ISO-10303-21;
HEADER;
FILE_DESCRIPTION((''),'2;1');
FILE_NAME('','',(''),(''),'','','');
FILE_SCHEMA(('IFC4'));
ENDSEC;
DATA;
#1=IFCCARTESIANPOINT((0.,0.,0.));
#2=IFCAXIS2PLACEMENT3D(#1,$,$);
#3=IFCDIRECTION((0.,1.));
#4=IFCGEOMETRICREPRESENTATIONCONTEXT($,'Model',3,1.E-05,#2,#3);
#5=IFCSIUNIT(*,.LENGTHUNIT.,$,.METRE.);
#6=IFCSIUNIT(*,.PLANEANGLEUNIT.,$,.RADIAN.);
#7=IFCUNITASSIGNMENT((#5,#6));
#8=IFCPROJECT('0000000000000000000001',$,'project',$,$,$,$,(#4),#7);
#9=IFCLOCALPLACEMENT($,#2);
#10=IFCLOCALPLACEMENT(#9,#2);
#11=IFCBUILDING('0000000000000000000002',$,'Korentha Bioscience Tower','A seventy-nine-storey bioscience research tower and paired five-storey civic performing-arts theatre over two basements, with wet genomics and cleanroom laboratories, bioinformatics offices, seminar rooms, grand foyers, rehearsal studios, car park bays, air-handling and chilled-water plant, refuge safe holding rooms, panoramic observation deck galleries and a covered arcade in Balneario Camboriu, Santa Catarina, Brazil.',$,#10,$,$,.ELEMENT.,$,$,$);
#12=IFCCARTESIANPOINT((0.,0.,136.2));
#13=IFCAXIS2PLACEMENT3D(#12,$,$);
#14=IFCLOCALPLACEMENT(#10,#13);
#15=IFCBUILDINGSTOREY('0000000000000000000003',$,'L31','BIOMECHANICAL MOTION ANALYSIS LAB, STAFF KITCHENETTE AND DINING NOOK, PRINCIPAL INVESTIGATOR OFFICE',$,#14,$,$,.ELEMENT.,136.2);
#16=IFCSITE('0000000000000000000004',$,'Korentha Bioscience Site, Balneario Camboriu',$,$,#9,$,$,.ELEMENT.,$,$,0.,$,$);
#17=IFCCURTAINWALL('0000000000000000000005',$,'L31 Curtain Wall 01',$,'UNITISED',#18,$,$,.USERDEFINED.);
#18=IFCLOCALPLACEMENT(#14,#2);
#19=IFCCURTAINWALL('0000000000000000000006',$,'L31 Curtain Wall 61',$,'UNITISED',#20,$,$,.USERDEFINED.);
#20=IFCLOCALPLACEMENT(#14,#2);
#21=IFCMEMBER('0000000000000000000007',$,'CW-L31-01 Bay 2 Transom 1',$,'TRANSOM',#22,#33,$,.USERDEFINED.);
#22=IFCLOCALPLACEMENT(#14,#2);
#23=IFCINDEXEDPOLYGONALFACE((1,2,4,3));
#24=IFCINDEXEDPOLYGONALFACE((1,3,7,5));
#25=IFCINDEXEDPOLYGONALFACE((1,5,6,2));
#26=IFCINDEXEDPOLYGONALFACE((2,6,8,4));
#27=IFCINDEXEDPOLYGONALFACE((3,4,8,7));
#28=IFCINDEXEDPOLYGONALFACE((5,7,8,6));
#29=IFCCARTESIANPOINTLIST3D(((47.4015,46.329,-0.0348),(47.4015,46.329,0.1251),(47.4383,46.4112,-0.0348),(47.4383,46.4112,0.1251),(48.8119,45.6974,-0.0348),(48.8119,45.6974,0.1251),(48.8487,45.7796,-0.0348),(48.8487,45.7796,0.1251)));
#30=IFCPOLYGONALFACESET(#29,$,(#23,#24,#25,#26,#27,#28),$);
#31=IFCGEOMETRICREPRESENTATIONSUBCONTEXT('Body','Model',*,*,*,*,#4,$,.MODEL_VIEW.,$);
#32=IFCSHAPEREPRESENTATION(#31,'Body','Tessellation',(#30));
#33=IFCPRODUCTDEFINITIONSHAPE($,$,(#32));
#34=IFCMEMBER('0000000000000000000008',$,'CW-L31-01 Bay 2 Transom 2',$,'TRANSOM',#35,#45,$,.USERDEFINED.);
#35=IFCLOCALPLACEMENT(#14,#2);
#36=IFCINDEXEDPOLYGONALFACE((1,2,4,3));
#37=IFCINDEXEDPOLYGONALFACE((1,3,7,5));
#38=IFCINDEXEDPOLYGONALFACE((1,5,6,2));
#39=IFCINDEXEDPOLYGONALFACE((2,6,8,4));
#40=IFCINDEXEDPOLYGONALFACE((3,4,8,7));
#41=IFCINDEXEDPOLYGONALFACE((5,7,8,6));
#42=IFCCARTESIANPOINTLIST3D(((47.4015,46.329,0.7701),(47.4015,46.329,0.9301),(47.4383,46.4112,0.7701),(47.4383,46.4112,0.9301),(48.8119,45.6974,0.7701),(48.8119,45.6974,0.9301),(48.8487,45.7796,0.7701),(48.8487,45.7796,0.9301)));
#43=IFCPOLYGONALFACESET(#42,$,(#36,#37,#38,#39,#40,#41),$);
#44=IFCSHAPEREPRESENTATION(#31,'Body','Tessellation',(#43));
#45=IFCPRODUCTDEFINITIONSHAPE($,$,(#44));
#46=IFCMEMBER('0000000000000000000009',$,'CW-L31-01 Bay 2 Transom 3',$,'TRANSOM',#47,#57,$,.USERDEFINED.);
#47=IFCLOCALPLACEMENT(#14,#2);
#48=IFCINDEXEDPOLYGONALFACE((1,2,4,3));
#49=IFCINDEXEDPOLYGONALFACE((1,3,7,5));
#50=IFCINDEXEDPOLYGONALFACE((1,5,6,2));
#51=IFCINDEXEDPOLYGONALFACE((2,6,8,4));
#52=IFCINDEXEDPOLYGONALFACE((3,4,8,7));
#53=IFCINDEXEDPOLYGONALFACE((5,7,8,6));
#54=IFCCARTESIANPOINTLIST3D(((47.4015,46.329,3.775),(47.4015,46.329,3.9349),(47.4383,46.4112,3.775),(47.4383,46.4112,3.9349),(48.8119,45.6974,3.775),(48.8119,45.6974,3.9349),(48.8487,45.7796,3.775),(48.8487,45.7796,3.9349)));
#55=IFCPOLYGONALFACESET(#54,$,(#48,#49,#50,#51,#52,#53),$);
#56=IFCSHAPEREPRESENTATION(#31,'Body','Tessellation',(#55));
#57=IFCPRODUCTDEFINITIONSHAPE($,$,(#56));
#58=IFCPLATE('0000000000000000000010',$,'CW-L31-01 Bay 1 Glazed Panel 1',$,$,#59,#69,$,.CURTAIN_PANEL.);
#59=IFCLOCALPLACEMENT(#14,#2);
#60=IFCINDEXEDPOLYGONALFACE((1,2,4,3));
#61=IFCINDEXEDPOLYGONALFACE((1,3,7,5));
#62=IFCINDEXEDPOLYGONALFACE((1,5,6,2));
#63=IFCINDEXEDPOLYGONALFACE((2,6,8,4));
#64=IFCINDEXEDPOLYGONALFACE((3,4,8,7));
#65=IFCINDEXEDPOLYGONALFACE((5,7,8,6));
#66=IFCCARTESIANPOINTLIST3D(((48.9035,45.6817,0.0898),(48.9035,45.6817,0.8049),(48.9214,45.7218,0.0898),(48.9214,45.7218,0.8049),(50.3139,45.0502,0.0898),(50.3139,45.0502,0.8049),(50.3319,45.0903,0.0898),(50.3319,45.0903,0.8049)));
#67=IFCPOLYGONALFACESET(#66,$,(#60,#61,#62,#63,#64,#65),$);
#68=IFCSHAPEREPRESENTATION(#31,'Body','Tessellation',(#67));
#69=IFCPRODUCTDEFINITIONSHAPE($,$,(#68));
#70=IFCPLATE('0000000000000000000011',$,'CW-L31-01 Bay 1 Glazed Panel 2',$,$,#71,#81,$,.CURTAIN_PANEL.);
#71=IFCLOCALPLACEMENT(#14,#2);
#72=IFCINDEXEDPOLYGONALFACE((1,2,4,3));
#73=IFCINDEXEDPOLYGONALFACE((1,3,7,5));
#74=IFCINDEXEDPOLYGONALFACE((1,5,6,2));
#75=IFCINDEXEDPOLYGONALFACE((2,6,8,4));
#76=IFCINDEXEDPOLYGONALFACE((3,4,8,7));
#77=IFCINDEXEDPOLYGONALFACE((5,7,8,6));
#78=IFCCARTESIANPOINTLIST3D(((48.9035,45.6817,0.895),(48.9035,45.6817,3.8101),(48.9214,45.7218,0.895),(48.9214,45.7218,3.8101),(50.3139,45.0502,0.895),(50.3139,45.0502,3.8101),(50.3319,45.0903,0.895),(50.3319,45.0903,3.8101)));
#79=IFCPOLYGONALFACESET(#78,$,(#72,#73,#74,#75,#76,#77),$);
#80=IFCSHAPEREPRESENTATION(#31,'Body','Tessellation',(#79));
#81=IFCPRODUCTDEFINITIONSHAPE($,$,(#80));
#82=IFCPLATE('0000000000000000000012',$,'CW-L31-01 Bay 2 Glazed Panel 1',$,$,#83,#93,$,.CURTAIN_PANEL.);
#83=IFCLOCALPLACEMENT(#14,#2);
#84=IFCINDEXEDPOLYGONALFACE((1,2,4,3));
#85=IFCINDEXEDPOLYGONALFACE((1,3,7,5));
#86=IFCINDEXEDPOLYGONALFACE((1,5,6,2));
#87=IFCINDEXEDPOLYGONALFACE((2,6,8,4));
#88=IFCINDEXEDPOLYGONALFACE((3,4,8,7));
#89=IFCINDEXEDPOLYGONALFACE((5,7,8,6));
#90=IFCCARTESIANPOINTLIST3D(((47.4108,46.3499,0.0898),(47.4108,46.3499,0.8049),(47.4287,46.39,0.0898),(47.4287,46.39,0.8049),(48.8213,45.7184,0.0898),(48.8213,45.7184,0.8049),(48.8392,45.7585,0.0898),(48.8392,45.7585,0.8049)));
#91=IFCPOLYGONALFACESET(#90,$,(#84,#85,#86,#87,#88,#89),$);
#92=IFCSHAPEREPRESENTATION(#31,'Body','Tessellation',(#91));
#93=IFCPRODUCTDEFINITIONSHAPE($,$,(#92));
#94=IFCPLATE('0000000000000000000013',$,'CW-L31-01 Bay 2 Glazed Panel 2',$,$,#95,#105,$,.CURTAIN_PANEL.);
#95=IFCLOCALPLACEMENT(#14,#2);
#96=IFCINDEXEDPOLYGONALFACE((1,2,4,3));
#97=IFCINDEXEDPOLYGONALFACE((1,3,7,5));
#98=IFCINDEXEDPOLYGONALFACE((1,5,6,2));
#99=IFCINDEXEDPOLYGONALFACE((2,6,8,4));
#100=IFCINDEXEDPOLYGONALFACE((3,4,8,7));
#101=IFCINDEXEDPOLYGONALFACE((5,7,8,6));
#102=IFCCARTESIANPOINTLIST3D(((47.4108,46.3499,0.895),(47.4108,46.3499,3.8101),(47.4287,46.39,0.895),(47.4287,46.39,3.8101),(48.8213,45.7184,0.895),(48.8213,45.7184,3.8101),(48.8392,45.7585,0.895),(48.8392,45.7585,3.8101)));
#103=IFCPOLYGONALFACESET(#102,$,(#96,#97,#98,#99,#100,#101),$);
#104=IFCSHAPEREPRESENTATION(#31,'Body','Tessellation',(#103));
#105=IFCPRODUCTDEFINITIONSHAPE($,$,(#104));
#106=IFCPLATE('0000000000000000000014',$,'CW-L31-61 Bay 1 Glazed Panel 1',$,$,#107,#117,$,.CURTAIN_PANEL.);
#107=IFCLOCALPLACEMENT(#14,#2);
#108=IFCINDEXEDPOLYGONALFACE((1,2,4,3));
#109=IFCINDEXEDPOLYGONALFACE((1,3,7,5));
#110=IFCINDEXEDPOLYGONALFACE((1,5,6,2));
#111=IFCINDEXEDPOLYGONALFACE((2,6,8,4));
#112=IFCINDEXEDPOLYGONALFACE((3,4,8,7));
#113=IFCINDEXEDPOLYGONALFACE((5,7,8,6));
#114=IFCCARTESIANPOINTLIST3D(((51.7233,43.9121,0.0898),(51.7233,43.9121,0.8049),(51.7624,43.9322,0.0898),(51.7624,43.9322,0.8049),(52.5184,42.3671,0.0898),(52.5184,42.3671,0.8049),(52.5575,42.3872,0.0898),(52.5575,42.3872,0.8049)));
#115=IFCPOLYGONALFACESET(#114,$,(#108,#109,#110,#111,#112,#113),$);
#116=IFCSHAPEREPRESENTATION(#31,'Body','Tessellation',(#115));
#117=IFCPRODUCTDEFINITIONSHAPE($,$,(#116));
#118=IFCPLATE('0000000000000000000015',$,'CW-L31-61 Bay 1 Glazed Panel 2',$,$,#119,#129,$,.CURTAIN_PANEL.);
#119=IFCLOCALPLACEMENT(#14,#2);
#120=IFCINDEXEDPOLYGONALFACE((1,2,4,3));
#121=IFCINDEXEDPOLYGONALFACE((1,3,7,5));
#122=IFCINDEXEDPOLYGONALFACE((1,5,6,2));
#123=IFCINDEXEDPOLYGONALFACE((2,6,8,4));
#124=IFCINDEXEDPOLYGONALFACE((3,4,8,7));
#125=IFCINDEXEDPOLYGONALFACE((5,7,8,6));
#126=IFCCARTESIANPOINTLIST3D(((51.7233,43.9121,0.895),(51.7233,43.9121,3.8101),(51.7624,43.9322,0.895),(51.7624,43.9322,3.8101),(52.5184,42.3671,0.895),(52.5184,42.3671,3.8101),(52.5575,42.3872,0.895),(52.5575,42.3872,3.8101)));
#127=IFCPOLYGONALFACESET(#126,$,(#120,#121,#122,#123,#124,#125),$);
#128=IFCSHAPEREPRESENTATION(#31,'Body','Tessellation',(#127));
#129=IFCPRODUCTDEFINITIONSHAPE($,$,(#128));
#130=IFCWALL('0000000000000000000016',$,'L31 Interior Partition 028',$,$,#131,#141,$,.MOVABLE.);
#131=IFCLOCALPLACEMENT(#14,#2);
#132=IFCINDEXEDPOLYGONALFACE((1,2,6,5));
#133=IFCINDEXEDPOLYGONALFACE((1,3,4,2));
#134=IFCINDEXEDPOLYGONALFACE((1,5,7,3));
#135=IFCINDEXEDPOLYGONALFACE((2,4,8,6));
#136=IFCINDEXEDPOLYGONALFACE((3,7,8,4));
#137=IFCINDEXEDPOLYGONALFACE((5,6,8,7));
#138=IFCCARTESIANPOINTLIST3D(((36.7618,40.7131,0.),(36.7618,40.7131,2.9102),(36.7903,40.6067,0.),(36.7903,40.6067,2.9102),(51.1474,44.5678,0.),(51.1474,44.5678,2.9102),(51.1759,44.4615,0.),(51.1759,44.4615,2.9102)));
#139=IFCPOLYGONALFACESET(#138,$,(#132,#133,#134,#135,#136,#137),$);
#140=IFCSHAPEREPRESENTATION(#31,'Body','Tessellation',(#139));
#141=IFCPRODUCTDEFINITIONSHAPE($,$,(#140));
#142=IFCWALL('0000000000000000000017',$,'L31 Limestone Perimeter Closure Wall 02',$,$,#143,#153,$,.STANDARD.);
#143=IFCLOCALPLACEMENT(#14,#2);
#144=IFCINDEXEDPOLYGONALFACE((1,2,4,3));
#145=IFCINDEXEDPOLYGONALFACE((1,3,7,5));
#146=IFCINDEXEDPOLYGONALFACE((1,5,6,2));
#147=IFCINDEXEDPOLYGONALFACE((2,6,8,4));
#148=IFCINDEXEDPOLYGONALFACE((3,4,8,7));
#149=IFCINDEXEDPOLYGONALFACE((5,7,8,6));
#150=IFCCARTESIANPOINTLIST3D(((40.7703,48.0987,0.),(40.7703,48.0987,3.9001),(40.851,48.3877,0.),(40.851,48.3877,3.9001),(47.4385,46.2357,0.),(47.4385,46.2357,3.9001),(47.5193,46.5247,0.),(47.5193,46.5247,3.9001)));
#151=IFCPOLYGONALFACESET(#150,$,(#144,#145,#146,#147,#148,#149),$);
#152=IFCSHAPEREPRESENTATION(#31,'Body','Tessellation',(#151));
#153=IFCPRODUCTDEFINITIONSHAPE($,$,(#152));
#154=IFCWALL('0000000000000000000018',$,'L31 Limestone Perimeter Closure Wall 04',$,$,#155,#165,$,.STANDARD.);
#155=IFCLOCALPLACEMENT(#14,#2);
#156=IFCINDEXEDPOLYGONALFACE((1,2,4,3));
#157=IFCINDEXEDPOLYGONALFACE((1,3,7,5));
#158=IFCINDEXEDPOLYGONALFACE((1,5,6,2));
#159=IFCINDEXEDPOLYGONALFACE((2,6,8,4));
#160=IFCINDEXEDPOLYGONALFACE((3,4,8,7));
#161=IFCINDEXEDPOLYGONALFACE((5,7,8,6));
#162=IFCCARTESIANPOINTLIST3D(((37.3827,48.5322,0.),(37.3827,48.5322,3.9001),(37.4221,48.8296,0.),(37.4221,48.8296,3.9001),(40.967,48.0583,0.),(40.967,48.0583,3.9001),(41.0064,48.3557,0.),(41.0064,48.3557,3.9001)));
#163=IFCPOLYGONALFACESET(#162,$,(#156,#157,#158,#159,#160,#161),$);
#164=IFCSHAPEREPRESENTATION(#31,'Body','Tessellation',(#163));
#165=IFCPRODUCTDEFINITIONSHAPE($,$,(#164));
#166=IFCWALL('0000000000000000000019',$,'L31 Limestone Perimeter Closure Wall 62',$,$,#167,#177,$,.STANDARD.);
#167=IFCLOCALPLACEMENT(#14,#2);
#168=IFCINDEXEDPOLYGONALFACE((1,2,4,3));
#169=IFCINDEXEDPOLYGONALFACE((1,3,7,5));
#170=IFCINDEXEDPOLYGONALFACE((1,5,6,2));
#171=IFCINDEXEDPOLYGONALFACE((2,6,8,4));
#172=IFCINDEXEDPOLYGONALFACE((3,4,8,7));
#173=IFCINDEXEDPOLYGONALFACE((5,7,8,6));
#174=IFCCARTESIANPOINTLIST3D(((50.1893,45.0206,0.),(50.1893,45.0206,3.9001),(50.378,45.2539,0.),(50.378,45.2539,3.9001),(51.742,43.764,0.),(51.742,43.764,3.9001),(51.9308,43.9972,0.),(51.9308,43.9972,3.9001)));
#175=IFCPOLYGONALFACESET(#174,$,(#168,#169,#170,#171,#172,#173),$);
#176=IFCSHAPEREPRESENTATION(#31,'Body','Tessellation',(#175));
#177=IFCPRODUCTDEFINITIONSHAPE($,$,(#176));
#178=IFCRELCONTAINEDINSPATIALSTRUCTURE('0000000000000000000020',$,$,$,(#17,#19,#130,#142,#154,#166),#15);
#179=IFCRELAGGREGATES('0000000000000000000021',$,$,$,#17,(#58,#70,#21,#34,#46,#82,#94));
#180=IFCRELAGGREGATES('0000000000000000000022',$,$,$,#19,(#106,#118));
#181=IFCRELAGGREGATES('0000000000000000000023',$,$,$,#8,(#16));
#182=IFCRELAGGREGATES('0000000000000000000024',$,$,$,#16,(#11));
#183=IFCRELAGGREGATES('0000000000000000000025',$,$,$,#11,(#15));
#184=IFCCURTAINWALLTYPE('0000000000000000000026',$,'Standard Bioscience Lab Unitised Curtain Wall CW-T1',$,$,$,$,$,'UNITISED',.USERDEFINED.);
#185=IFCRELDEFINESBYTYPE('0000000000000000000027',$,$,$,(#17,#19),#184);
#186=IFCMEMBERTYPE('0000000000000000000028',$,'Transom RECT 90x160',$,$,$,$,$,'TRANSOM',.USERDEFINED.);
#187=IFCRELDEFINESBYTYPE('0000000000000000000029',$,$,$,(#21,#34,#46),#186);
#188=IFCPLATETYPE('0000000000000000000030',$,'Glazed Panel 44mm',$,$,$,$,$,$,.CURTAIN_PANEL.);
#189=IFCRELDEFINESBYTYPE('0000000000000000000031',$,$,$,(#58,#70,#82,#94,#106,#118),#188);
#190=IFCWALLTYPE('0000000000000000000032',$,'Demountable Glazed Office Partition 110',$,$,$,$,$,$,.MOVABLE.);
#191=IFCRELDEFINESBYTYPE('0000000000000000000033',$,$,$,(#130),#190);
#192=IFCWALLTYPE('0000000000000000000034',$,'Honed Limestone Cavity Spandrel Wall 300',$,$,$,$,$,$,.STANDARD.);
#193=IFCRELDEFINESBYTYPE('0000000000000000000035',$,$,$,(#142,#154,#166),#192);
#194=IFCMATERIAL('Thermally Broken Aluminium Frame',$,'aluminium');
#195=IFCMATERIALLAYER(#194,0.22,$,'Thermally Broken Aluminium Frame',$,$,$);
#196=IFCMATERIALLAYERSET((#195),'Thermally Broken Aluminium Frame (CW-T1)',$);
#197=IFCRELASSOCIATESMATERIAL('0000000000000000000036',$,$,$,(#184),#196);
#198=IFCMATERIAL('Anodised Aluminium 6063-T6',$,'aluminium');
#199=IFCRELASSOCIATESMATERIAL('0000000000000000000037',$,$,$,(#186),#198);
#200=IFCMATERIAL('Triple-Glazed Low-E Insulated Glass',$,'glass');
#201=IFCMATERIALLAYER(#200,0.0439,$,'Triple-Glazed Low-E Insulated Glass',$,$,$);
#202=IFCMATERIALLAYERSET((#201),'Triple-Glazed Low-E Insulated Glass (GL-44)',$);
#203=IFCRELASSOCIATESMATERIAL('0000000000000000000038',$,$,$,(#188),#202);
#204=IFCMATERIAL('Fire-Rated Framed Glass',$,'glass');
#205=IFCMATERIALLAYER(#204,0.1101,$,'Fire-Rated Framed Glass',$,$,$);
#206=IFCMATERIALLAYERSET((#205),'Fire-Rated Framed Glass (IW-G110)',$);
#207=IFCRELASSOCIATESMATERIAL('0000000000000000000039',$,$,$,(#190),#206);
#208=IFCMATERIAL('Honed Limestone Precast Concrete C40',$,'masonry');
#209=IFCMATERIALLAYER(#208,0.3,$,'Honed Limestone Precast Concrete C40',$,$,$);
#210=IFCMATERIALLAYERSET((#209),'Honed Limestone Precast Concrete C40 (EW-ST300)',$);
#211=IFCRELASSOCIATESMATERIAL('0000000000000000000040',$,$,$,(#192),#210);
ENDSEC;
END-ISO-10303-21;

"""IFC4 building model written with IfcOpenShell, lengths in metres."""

from ifc_helpers import new_model, si_unit, direction, frame, frame_2d, origin, origin_2d, place, context, subcontext, project, spatial, rectangle, extrude, material, layer, layer_set, material_profile, profile_set, type_object, element, aggregate, save


model = new_model("IFC4")

# Units and contexts
model_context = context("Model", 3, precision=1e-05, world=origin(), true_north=direction((0.0, 1.0)))
body_context = subcontext(model_context, "Body", "Model", "MODEL_VIEW")
ifc_project = project(units=[si_unit("LENGTHUNIT", "METRE"), si_unit("PLANEANGLEUNIT", "RADIAN")], contexts=[model_context])

# Site, building, storey
site_placement = place(None, origin())
site = spatial("IfcSite", under=ifc_project, at=site_placement, Name="Korentha Bioscience Site, Balneario Camboriu", CompositionType="ELEMENT", RefElevation=0.0)
building_placement = place(site_placement, origin())
building = spatial("IfcBuilding", under=site, at=building_placement, Name="Korentha Bioscience Tower", Description="A seventy-nine-storey bioscience research tower and paired five-storey civic performing-arts theatre over two basements, with wet genomics and cleanroom laboratories, bioinformatics offices, seminar rooms, grand foyers, rehearsal studios, car park bays, air-handling and chilled-water plant, refuge safe holding rooms, panoramic observation deck galleries and a covered arcade in Balneario Camboriu, Santa Catarina, Brazil.", CompositionType="ELEMENT")
storey_placement = place(building_placement, frame((0.0, 0.0, 136.2)))
storey = spatial("IfcBuildingStorey", under=building, at=storey_placement, Name="L31", Description="BIOMECHANICAL MOTION ANALYSIS LAB, STAFF KITCHENETTE AND DINING NOOK, PRINCIPAL INVESTIGATOR OFFICE", CompositionType="ELEMENT", Elevation=136.2)

# Curtain wall
ifc_material_1 = material(Name="Thermally Broken Aluminium Frame", Category="aluminium")
ifc_layer_1 = layer(ifc_material_1, 0.22, Name="Thermally Broken Aluminium Frame")
ifc_layer_set_1 = layer_set([ifc_layer_1], Name="Thermally Broken Aluminium Frame (CW-T1)")
curtain_wall_type = type_object("IfcCurtainWallType", Name="Standard Bioscience Lab Unitised Curtain Wall CW-T1", ElementType="UNITISED", PredefinedType="USERDEFINED", material=ifc_layer_set_1)
curtain_wall_1_placement = place(storey_placement, origin())
curtain_wall_1 = element("IfcCurtainWall", 1, at=curtain_wall_1_placement, inside=storey, type_object=curtain_wall_type, Name="L31 Curtain Wall 01", ObjectType="UNITISED", PredefinedType="USERDEFINED")
ifc_material_2 = material(Name="Anodised Aluminium 6063-T6", Category="aluminium")

# Curtain wall
curtain_wall_2_placement = place(storey_placement, origin())
curtain_wall_2 = element("IfcCurtainWall", 2, at=curtain_wall_2_placement, inside=storey, type_object=curtain_wall_type, Name="L31 Curtain Wall 61", ObjectType="UNITISED", PredefinedType="USERDEFINED")

# Members
ifc_material_profile_1 = material_profile(ifc_material_2, rectangle(XDim=0.0901, YDim=0.1599, at=origin_2d()), Name="Anodised Aluminium 6063-T6")
ifc_profile_set_1 = profile_set([ifc_material_profile_1], Name="Anodised Aluminium 6063-T6 (CW-TRN)")
member_type_1 = type_object("IfcMemberType", Name="Transom RECT 90x160", ElementType="TRANSOM", PredefinedType="USERDEFINED", material=ifc_profile_set_1)
member_1_placement = place(storey_placement, frame((48.8303, 45.7385, 0.0452), z_axis=(-0.912668, 0.408702, 0.0), x_axis=(-0.408702, -0.912668, 0.0)))
member_1 = element("IfcMember", 3, at=member_1_placement, type_object=member_type_1, Name="CW-L31-01 Bay 2 Transom 1", ObjectType="TRANSOM", PredefinedType="USERDEFINED", context=body_context, shape_type="SweptSolid", body=[
    extrude(rectangle(XDim=0.0901, YDim=0.1599, at=origin_2d()), origin(), (0.0, 0.0, 1.0), 1.5454),
])
member_2_placement = place(storey_placement, frame((48.8303, 45.7385, 0.8501), z_axis=(-0.912668, 0.408702, 0.0), x_axis=(-0.408702, -0.912668, 0.0)))
member_2 = element("IfcMember", 4, at=member_2_placement, type_object=member_type_1, Name="CW-L31-01 Bay 2 Transom 2", ObjectType="TRANSOM", PredefinedType="USERDEFINED", context=body_context, shape_type="SweptSolid", body=[
    extrude(rectangle(XDim=0.0901, YDim=0.1599, at=origin_2d()), origin(), (0.0, 0.0, 1.0), 1.5454),
])
member_3_placement = place(storey_placement, frame((48.8303, 45.7385, 3.855), z_axis=(-0.912668, 0.408702, 0.0), x_axis=(-0.408702, -0.912668, 0.0)))
member_3 = element("IfcMember", 5, at=member_3_placement, type_object=member_type_1, Name="CW-L31-01 Bay 2 Transom 3", ObjectType="TRANSOM", PredefinedType="USERDEFINED", context=body_context, shape_type="SweptSolid", body=[
    extrude(rectangle(XDim=0.0901, YDim=0.1599, at=origin_2d()), origin(), (0.0, 0.0, 1.0), 1.5454),
])

# Plates
ifc_material_3 = material(Name="Triple-Glazed Low-E Insulated Glass", Category="glass")
ifc_layer_2 = layer(ifc_material_3, 0.0439, Name="Triple-Glazed Low-E Insulated Glass")
ifc_layer_set_2 = layer_set([ifc_layer_2], Name="Triple-Glazed Low-E Insulated Glass (GL-44)")
plate_type = type_object("IfcPlateType", Name="Glazed Panel 44mm", PredefinedType="CURTAIN_PANEL", material=ifc_layer_set_2)
plate_1_placement = place(storey_placement, frame((49.6177, 45.386, 0.0898), z_axis=(0.0, 0.0, 1.0), x_axis=(-0.912687, 0.40866, 0.0)))
plate_1 = element("IfcPlate", 6, at=plate_1_placement, type_object=plate_type, Name="CW-L31-01 Bay 1 Glazed Panel 1", PredefinedType="CURTAIN_PANEL", context=body_context, shape_type="SweptSolid", body=[
    extrude(rectangle(XDim=1.5454, YDim=0.0439, at=origin_2d()), origin(), (0.0, 0.0, 1.0), 0.7151),
])
plate_2_placement = place(storey_placement, frame((49.6177, 45.386, 0.895), z_axis=(0.0, 0.0, 1.0), x_axis=(-0.912687, 0.40866, 0.0)))
plate_2 = element("IfcPlate", 7, at=plate_2_placement, type_object=plate_type, Name="CW-L31-01 Bay 1 Glazed Panel 2", PredefinedType="CURTAIN_PANEL", context=body_context, shape_type="SweptSolid", body=[
    extrude(rectangle(XDim=1.5454, YDim=0.0439, at=origin_2d()), origin(), (0.0, 0.0, 1.0), 2.915),
])
plate_3_placement = place(storey_placement, frame((48.125, 46.0542, 0.0898), z_axis=(0.0, 0.0, 1.0), x_axis=(-0.912687, 0.40866, 0.0)))
plate_3 = element("IfcPlate", 8, at=plate_3_placement, type_object=plate_type, Name="CW-L31-01 Bay 2 Glazed Panel 1", PredefinedType="CURTAIN_PANEL", context=body_context, shape_type="SweptSolid", body=[
    extrude(rectangle(XDim=1.5454, YDim=0.0439, at=origin_2d()), origin(), (0.0, 0.0, 1.0), 0.7151),
])
plate_4_placement = place(storey_placement, frame((48.125, 46.0542, 0.895), z_axis=(0.0, 0.0, 1.0), x_axis=(-0.912687, 0.40866, 0.0)))
plate_4 = element("IfcPlate", 9, at=plate_4_placement, type_object=plate_type, Name="CW-L31-01 Bay 2 Glazed Panel 2", PredefinedType="CURTAIN_PANEL", context=body_context, shape_type="SweptSolid", body=[
    extrude(rectangle(XDim=1.5454, YDim=0.0439, at=origin_2d()), origin(), (0.0, 0.0, 1.0), 2.915),
])
aggregate(curtain_wall_1, [plate_1, plate_2, member_1, member_2, member_3, plate_3, plate_4])
plate_5_placement = place(storey_placement, frame((52.1404, 43.1497, 0.0898), z_axis=(0.0, 0.0, 1.0), x_axis=(-0.457613, 0.889151, 0.0)))
plate_5 = element("IfcPlate", 10, at=plate_5_placement, type_object=plate_type, Name="CW-L31-61 Bay 1 Glazed Panel 1", PredefinedType="CURTAIN_PANEL", context=body_context, shape_type="SweptSolid", body=[
    extrude(rectangle(XDim=1.7375, YDim=0.0439, at=origin_2d()), origin(), (0.0, 0.0, 1.0), 0.7151),
])
plate_6_placement = place(storey_placement, frame((52.1404, 43.1497, 0.895), z_axis=(0.0, 0.0, 1.0), x_axis=(-0.457613, 0.889151, 0.0)))
plate_6 = element("IfcPlate", 11, at=plate_6_placement, type_object=plate_type, Name="CW-L31-61 Bay 1 Glazed Panel 2", PredefinedType="CURTAIN_PANEL", context=body_context, shape_type="SweptSolid", body=[
    extrude(rectangle(XDim=1.7375, YDim=0.0439, at=origin_2d()), origin(), (0.0, 0.0, 1.0), 2.915),
])
aggregate(curtain_wall_2, [plate_5, plate_6])

# Walls
ifc_material_4 = material(Name="Fire-Rated Framed Glass", Category="glass")
ifc_layer_3 = layer(ifc_material_4, 0.1101, Name="Fire-Rated Framed Glass")
ifc_layer_set_3 = layer_set([ifc_layer_3], Name="Fire-Rated Framed Glass (IW-G110)")
wall_type_1 = type_object("IfcWallType", Name="Demountable Glazed Office Partition 110", PredefinedType="MOVABLE", material=ifc_layer_set_3)
wall_1_placement = place(storey_placement, frame((51.1616, 44.5146, 0.0), z_axis=(0.0, 0.0, 1.0), x_axis=(-0.965923, -0.258829, 0.0)))
element("IfcWall", 12, at=wall_1_placement, inside=storey, type_object=wall_type_1, Name="L31 Interior Partition 028", PredefinedType="MOVABLE", context=body_context, shape_type="SweptSolid", body=[
    extrude(rectangle(XDim=14.8931, YDim=0.1101, at=frame_2d((7.4465, 0.0))), origin(), (0.0, 0.0, 1.0), 2.9102),
])
ifc_material_5 = material(Name="Honed Limestone Precast Concrete C40", Category="masonry")
ifc_layer_4 = layer(ifc_material_5, 0.3, Name="Honed Limestone Precast Concrete C40")
ifc_layer_set_4 = layer_set([ifc_layer_4], Name="Honed Limestone Precast Concrete C40 (EW-ST300)")
wall_type_2 = type_object("IfcWallType", Name="Honed Limestone Cavity Spandrel Wall 300", PredefinedType="STANDARD", material=ifc_layer_set_4)
wall_2_placement = place(storey_placement, frame((47.479, 46.3801, 0.0), z_axis=(0.0, 0.0, 1.0), x_axis=(-0.963116, 0.269086, 0.0)))
element("IfcWall", 13, at=wall_2_placement, inside=storey, type_object=wall_type_2, Name="L31 Limestone Perimeter Closure Wall 02", PredefinedType="STANDARD", context=body_context, shape_type="SweptSolid", body=[
    extrude(rectangle(XDim=6.9236, YDim=0.3, at=frame_2d((3.4619, 0.0))), origin(), (0.0, 0.0, 1.0), 3.9001),
])
wall_3_placement = place(storey_placement, frame((40.9866, 48.207, 0.0), z_axis=(0.0, 0.0, 1.0), x_axis=(-0.991373, 0.131071, 0.0)))
element("IfcWall", 14, at=wall_3_placement, inside=storey, type_object=wall_type_2, Name="L31 Limestone Perimeter Closure Wall 04", PredefinedType="STANDARD", context=body_context, shape_type="SweptSolid", body=[
    extrude(rectangle(XDim=3.6155, YDim=0.3, at=frame_2d((1.8076, 0.0))), origin(), (0.0, 0.0, 1.0), 3.9001),
])
wall_4_placement = place(storey_placement, frame((51.8364, 43.8806, 0.0), z_axis=(0.0, 0.0, 1.0), x_axis=(-0.777339, 0.629082, 0.0)))
element("IfcWall", 15, at=wall_4_placement, inside=storey, type_object=wall_type_2, Name="L31 Limestone Perimeter Closure Wall 62", PredefinedType="STANDARD", context=body_context, shape_type="SweptSolid", body=[
    extrude(rectangle(XDim=1.9976, YDim=0.3, at=frame_2d((0.9988, 0.0))), origin(), (0.0, 0.0, 1.0), 3.9001),
])

save(model, "model.ifc")
